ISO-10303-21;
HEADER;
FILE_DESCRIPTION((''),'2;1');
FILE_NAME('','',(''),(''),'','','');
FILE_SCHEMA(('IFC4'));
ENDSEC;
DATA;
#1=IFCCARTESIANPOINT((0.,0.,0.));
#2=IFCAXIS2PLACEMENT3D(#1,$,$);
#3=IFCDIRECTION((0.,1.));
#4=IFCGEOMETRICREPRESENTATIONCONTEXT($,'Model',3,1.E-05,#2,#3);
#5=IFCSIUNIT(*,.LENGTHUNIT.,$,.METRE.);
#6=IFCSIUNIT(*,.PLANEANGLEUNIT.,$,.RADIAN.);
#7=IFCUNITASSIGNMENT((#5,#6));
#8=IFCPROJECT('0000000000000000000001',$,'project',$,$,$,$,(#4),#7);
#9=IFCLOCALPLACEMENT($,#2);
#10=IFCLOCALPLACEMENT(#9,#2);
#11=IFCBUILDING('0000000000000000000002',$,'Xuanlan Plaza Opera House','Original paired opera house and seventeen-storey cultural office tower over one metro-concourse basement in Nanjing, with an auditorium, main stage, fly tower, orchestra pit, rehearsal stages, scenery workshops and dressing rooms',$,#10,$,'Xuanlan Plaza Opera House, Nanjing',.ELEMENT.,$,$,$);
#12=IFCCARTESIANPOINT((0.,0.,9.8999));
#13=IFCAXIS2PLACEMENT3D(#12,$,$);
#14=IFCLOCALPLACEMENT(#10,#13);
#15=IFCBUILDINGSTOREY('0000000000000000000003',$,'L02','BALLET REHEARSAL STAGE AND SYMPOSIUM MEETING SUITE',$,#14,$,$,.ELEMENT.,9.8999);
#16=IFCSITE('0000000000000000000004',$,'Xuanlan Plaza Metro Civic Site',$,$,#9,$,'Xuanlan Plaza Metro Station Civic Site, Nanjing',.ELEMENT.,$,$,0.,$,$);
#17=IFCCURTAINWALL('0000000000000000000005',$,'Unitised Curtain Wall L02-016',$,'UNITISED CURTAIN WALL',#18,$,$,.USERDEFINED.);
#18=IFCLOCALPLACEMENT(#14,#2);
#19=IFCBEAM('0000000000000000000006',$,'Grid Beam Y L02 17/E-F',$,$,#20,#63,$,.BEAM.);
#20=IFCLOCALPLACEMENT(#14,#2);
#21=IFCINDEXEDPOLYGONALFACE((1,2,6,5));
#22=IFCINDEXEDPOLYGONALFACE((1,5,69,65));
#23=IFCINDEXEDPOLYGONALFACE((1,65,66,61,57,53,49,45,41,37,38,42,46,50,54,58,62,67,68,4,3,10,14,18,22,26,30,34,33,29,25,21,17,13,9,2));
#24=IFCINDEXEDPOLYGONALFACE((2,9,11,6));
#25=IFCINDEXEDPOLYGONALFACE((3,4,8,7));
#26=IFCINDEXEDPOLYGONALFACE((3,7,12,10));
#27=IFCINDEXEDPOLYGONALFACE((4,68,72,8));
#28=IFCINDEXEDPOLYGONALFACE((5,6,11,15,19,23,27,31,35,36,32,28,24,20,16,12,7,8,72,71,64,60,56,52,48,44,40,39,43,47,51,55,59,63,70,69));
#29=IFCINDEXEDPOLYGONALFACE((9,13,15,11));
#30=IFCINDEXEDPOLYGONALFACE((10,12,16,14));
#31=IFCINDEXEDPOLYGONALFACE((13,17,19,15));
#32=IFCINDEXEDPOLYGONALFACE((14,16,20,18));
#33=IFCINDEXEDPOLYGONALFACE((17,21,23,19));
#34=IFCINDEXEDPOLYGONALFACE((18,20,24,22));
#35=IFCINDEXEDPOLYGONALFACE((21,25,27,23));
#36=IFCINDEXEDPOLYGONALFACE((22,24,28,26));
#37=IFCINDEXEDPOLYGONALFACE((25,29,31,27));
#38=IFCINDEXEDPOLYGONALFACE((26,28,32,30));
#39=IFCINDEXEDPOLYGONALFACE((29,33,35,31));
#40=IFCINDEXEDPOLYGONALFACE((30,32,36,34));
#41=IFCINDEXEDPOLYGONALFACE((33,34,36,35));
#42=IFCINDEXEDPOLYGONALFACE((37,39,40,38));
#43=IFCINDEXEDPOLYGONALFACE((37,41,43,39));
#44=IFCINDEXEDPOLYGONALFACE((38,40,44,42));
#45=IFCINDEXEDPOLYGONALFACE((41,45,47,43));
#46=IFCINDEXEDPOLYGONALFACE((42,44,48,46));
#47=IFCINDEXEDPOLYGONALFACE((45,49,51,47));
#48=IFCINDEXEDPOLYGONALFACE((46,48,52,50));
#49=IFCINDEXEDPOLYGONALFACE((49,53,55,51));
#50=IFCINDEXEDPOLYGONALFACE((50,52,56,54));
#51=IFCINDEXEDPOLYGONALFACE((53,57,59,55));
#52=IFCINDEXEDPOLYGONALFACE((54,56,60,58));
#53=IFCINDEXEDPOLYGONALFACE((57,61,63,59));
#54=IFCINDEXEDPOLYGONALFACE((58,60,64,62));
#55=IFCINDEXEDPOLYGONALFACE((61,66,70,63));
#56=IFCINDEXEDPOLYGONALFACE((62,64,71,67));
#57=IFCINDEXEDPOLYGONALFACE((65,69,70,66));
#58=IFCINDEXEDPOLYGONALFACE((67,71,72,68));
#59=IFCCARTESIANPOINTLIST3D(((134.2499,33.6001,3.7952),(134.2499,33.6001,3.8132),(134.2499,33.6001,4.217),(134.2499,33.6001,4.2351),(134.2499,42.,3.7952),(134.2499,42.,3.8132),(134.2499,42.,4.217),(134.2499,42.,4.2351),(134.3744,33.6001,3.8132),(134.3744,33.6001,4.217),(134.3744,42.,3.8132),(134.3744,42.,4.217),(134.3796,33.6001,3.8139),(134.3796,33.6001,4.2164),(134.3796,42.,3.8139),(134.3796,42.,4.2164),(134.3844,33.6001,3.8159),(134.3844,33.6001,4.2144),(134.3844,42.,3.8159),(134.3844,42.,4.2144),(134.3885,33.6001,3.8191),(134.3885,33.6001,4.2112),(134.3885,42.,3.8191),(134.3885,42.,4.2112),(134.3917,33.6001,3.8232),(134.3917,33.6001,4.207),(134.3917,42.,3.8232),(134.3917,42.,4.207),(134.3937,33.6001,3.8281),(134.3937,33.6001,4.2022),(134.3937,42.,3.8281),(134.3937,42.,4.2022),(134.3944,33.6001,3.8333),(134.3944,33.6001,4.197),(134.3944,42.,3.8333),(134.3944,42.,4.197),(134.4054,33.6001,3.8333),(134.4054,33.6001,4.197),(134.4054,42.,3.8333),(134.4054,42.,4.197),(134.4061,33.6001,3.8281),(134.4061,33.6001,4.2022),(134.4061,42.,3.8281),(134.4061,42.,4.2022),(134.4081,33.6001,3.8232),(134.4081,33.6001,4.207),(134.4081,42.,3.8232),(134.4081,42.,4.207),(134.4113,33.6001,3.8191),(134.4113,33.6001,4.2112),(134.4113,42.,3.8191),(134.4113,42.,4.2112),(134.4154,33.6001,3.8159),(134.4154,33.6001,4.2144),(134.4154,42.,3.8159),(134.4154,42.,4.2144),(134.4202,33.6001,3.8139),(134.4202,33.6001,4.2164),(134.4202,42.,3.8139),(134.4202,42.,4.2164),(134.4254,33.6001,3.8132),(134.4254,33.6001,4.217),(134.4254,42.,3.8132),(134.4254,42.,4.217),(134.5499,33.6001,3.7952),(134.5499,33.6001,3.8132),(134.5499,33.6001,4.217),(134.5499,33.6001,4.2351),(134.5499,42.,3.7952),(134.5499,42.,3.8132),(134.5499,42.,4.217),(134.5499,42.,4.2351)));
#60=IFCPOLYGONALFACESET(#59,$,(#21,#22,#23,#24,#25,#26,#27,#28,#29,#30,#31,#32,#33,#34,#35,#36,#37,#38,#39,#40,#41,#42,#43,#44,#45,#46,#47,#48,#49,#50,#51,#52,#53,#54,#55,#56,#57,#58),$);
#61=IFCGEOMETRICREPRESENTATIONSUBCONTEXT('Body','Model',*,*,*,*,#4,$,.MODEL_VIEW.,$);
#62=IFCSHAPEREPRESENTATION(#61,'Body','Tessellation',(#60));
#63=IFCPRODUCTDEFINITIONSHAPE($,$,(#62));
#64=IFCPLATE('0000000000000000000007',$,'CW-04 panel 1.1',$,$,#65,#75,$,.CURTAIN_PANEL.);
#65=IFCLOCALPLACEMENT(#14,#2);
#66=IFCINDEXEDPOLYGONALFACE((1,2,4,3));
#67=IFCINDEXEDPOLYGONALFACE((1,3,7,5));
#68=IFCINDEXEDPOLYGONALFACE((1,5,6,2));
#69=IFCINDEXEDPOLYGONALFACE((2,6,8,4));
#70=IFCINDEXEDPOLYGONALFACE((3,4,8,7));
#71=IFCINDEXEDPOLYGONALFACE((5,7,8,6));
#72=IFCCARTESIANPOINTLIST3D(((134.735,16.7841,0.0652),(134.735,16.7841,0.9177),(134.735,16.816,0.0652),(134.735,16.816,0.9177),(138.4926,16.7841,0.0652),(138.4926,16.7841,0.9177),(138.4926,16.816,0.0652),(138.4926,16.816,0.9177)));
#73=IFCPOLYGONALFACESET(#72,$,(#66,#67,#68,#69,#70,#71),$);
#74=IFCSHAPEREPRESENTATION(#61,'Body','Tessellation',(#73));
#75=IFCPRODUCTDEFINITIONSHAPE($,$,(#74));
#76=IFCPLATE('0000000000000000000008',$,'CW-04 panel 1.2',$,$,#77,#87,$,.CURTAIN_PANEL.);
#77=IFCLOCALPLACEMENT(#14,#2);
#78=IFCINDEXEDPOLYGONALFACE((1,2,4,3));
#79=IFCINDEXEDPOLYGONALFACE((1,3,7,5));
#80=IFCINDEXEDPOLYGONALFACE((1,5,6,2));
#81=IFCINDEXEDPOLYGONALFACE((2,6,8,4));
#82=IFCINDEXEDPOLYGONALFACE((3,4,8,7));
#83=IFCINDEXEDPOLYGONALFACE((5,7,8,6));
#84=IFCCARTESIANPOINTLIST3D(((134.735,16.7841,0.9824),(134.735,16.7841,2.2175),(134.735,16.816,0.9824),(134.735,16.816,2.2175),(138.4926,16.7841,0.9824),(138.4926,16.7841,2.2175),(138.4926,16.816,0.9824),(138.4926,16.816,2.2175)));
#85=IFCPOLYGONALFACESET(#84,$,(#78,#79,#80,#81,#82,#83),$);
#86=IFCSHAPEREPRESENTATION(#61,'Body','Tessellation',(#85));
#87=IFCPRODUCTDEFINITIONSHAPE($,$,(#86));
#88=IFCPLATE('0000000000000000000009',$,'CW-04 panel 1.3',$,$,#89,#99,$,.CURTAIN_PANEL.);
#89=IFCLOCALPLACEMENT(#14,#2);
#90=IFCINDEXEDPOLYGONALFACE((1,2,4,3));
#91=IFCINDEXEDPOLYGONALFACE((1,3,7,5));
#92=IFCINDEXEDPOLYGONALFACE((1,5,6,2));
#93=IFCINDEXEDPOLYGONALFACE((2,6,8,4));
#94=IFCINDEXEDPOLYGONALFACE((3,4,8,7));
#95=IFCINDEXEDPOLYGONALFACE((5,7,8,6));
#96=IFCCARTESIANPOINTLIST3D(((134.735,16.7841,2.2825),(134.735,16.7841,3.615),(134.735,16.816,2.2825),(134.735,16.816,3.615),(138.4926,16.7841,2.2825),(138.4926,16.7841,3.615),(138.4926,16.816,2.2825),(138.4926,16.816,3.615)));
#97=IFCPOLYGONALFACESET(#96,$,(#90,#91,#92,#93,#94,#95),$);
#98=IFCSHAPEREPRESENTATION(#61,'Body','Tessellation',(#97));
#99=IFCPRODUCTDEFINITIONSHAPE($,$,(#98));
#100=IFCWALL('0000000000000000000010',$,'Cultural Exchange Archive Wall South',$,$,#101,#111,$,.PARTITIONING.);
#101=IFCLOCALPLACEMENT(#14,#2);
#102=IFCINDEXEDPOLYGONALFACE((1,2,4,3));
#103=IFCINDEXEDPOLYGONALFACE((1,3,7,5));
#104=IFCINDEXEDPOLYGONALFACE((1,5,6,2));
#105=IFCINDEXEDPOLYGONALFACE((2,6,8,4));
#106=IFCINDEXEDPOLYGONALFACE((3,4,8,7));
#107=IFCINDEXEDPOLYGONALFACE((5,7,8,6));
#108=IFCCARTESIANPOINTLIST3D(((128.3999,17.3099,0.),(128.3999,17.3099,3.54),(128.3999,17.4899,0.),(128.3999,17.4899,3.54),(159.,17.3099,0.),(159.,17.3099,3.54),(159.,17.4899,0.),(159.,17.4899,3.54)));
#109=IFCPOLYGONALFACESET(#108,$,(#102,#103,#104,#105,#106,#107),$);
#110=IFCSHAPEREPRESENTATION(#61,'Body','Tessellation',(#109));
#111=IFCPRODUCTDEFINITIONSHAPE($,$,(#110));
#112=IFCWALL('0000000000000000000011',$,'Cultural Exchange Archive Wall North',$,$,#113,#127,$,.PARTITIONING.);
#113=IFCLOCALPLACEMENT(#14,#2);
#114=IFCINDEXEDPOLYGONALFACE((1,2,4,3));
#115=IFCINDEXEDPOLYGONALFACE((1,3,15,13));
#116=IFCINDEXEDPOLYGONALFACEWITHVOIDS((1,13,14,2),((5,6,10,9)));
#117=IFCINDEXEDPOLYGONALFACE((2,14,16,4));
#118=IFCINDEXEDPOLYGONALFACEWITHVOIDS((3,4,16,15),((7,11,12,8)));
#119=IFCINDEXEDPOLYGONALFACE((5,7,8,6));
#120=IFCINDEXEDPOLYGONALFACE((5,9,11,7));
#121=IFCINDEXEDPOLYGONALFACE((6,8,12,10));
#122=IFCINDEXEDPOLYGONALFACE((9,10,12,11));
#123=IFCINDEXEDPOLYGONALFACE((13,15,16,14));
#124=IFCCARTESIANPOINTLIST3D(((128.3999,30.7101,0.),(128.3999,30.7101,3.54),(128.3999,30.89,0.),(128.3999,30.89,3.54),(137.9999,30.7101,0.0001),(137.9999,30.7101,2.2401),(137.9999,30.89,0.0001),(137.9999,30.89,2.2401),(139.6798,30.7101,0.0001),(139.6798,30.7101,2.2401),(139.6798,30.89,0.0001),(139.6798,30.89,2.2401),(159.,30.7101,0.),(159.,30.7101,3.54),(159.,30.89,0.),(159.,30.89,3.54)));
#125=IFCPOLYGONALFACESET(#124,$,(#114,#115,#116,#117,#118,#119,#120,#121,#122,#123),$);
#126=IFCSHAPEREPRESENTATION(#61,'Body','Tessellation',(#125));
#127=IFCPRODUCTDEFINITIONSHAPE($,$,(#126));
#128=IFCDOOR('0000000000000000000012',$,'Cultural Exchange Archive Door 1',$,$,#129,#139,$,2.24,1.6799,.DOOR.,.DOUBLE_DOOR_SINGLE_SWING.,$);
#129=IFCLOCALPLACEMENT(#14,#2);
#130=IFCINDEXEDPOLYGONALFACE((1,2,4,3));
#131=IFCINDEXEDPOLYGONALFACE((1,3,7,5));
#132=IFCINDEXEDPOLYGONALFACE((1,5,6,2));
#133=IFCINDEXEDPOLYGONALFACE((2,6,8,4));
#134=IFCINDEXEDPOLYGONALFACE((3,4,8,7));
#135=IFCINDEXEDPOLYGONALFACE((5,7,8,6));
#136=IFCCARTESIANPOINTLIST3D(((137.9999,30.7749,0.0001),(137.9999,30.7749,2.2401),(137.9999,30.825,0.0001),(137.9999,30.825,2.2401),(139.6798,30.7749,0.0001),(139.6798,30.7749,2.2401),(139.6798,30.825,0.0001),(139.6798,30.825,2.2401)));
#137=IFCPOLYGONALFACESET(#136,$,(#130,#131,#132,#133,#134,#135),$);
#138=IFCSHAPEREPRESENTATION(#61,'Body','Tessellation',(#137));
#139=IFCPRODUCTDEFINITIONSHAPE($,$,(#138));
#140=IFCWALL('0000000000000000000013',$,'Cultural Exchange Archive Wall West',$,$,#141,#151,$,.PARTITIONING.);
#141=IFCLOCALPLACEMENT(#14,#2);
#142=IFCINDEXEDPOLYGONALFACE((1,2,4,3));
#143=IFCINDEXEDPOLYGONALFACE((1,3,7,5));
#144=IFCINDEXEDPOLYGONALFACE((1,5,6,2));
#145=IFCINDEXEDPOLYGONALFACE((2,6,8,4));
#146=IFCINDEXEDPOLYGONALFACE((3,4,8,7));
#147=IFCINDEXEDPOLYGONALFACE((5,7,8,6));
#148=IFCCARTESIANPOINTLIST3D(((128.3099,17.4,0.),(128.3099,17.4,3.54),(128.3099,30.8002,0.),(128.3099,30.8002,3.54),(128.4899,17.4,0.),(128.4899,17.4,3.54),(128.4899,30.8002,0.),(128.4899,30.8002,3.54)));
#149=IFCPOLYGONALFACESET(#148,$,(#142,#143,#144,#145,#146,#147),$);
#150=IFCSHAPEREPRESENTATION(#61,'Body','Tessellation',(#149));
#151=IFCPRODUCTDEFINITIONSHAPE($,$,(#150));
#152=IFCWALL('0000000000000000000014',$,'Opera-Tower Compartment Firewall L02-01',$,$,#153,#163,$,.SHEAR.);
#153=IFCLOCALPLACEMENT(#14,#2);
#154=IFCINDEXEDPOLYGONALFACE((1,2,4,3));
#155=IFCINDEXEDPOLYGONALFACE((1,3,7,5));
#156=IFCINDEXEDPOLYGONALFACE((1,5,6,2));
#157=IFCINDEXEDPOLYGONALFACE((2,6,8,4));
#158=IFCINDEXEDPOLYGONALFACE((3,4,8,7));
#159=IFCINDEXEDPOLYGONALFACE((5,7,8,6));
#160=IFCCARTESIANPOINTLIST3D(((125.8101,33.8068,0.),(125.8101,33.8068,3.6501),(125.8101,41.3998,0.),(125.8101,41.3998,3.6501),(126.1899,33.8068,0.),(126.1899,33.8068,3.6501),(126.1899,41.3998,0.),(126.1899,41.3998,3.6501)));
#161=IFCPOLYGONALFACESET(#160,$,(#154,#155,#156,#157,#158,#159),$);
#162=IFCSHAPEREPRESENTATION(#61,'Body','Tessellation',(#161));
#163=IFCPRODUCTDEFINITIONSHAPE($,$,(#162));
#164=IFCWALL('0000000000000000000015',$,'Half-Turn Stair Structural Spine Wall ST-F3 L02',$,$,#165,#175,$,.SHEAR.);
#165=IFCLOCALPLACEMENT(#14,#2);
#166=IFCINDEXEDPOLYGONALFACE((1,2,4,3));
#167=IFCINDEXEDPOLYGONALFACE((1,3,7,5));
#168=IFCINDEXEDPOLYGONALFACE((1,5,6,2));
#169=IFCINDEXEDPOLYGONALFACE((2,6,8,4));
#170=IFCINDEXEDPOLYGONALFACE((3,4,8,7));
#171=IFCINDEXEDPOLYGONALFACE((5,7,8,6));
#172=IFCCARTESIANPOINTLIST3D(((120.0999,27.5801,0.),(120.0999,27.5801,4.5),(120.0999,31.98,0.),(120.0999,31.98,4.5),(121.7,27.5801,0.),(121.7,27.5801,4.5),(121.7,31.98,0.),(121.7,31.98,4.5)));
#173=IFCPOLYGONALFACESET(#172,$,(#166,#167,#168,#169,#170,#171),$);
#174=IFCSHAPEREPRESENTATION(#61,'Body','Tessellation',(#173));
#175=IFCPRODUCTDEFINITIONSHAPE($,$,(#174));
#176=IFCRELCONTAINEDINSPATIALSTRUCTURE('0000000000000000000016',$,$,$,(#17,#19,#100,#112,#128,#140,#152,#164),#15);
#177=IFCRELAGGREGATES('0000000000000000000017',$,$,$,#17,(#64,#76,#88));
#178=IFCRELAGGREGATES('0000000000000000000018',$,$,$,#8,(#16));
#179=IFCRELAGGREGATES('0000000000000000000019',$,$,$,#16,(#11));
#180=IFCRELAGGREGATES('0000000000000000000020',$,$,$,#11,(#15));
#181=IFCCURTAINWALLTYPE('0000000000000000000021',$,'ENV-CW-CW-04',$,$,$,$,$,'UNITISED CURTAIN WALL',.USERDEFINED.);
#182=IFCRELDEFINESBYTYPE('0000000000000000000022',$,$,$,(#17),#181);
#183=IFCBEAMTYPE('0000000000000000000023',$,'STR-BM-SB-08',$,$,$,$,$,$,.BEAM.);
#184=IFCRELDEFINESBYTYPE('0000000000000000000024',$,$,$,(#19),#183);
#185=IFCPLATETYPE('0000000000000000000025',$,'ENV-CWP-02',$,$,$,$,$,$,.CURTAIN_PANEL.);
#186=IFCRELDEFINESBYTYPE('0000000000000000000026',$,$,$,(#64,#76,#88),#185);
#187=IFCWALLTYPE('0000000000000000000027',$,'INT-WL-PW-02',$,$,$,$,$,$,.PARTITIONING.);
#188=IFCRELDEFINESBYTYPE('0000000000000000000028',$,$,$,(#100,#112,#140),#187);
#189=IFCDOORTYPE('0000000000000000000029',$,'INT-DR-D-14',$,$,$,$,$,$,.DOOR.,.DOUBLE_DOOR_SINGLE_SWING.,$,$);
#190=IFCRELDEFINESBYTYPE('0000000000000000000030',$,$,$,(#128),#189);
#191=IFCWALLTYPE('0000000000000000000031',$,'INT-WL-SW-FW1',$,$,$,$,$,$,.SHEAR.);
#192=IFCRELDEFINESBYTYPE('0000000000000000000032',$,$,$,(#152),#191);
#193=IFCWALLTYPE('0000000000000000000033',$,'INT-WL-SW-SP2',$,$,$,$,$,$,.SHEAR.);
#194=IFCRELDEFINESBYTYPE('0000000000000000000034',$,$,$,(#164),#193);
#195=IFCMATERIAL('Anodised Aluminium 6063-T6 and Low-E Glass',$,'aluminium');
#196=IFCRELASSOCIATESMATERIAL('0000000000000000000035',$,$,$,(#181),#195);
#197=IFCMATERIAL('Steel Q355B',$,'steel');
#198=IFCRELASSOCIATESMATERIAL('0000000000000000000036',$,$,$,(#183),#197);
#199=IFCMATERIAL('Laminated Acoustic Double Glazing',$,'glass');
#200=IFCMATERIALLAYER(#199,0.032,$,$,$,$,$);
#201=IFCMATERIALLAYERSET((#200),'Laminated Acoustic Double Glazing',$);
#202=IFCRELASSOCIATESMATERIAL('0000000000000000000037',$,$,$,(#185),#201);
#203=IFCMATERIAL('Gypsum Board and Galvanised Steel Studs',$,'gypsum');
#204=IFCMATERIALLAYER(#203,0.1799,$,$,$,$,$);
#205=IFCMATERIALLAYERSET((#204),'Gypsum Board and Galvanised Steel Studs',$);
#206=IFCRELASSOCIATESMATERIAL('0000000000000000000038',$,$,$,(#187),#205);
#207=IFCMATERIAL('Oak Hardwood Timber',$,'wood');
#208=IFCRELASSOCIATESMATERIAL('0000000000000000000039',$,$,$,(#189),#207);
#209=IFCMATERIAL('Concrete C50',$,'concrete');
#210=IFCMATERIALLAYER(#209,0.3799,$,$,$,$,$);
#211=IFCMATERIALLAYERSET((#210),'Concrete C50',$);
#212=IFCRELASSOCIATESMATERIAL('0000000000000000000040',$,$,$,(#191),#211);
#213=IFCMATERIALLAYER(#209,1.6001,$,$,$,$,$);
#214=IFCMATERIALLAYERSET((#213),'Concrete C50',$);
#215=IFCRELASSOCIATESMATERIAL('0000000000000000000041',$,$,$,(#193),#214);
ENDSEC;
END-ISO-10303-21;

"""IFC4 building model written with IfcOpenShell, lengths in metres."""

from ifc_helpers import new_model, si_unit, direction, frame, frame_2d, origin, origin_2d, place, context, subcontext, project, spatial, rectangle, i_section, extrude, material, layer, layer_set, material_profile, profile_set, type_object, element, fill, aggregate, save


model = new_model("IFC4")

# Units and contexts
model_context = context("Model", 3, precision=1e-05, world=origin(), true_north=direction((0.0, 1.0)))
body_context = subcontext(model_context, "Body", "Model", "MODEL_VIEW")
ifc_project = project(units=[si_unit("LENGTHUNIT", "METRE"), si_unit("PLANEANGLEUNIT", "RADIAN")], contexts=[model_context])

# Site, building, storey
site_placement = place(None, origin())
site = spatial("IfcSite", under=ifc_project, at=site_placement, Name="Xuanlan Plaza Metro Civic Site", LongName="Xuanlan Plaza Metro Station Civic Site, Nanjing", CompositionType="ELEMENT", RefElevation=0.0)
building_placement = place(site_placement, origin())
building = spatial("IfcBuilding", under=site, at=building_placement, Name="Xuanlan Plaza Opera House", Description="Original paired opera house and seventeen-storey cultural office tower over one metro-concourse basement in Nanjing, with an auditorium, main stage, fly tower, orchestra pit, rehearsal stages, scenery workshops and dressing rooms", LongName="Xuanlan Plaza Opera House, Nanjing", CompositionType="ELEMENT")
storey_placement = place(building_placement, frame((0.0, 0.0, 9.8999)))
storey = spatial("IfcBuildingStorey", under=building, at=storey_placement, Name="L02", Description="BALLET REHEARSAL STAGE AND SYMPOSIUM MEETING SUITE", CompositionType="ELEMENT", Elevation=9.8999)

# Curtain wall
ifc_material_1 = material(Name="Anodised Aluminium 6063-T6 and Low-E Glass", Category="aluminium")
curtain_wall_type = type_object("IfcCurtainWallType", Name="ENV-CW-CW-04", ElementType="UNITISED CURTAIN WALL", PredefinedType="USERDEFINED", material=ifc_material_1)
curtain_wall_placement = place(storey_placement, origin())
curtain_wall = element("IfcCurtainWall", 1, at=curtain_wall_placement, inside=storey, type_object=curtain_wall_type, Name="Unitised Curtain Wall L02-016", ObjectType="UNITISED CURTAIN WALL", PredefinedType="USERDEFINED")

# Beam
ifc_material_2 = material(Name="Concrete C50", Category="concrete")
ifc_material_3 = material(Name="Steel Q355B", Category="steel")
ifc_material_profile_1 = material_profile(ifc_material_3, i_section(OverallWidth=0.3, OverallDepth=0.4399, WebThickness=0.011, FlangeThickness=0.0181, FilletRadius=0.02, at=origin_2d()), Name="HM 440x300x11x18")
ifc_profile_set_1 = profile_set([ifc_material_profile_1], Name="Steel Q355B")
beam_type_1 = type_object("IfcBeamType", Name="STR-BM-SB-08", PredefinedType="BEAM", material=ifc_profile_set_1)
beam_1_placement = place(storey_placement, frame((134.3999, 33.6001, 4.0151), z_axis=(0.0, 1.0, 0.0), x_axis=(-1.0, 0.0, 0.0)))
element("IfcBeam", 2, at=beam_1_placement, inside=storey, type_object=beam_type_1, Name="Grid Beam Y L02 17/E-F", PredefinedType="BEAM", context=body_context, shape_type="SweptSolid", body=[
    extrude(i_section(OverallWidth=0.3, OverallDepth=0.4399, WebThickness=0.011, FlangeThickness=0.0181, FilletRadius=0.02, at=origin_2d()), origin(), (0.0, 0.0, 1.0), 8.3999),
])

# Plates
ifc_material_4 = material(Name="Laminated Acoustic Double Glazing", Category="glass")
ifc_layer_1 = layer(ifc_material_4, 0.032)
ifc_layer_set_1 = layer_set([ifc_layer_1], Name="Laminated Acoustic Double Glazing")
plate_type = type_object("IfcPlateType", Name="ENV-CWP-02", PredefinedType="CURTAIN_PANEL", material=ifc_layer_set_1)
plate_1_placement = place(storey_placement, frame((136.6138, 16.8, 0.0652), z_axis=(0.0, 0.0, 1.0), x_axis=(1.0, 0.0, 0.0)))
plate_1 = element("IfcPlate", 3, at=plate_1_placement, type_object=plate_type, Name="CW-04 panel 1.1", PredefinedType="CURTAIN_PANEL", context=body_context, shape_type="SweptSolid", body=[
    extrude(rectangle(XDim=3.7576, YDim=0.032, at=origin_2d()), origin(), (0.0, 0.0, 1.0), 0.8525),
])
plate_2_placement = place(storey_placement, frame((136.6138, 16.8, 0.9824), z_axis=(0.0, 0.0, 1.0), x_axis=(1.0, 0.0, 0.0)))
plate_2 = element("IfcPlate", 4, at=plate_2_placement, type_object=plate_type, Name="CW-04 panel 1.2", PredefinedType="CURTAIN_PANEL", context=body_context, shape_type="SweptSolid", body=[
    extrude(rectangle(XDim=3.7576, YDim=0.032, at=origin_2d()), origin(), (0.0, 0.0, 1.0), 1.2351),
])
plate_3_placement = place(storey_placement, frame((136.6138, 16.8, 2.2825), z_axis=(0.0, 0.0, 1.0), x_axis=(1.0, 0.0, 0.0)))
plate_3 = element("IfcPlate", 5, at=plate_3_placement, type_object=plate_type, Name="CW-04 panel 1.3", PredefinedType="CURTAIN_PANEL", context=body_context, shape_type="SweptSolid", body=[
    extrude(rectangle(XDim=3.7576, YDim=0.032, at=origin_2d()), origin(), (0.0, 0.0, 1.0), 1.3325),
])
aggregate(curtain_wall, [plate_1, plate_2, plate_3])

# Wall
ifc_material_5 = material(Name="Gypsum Board and Galvanised Steel Studs", Category="gypsum")
ifc_layer_2 = layer(ifc_material_5, 0.1799)
ifc_layer_set_2 = layer_set([ifc_layer_2], Name="Gypsum Board and Galvanised Steel Studs")
wall_type_1 = type_object("IfcWallType", Name="INT-WL-PW-02", PredefinedType="PARTITIONING", material=ifc_layer_set_2)
wall_1_placement = place(storey_placement, frame((128.3999, 17.3999, 0.0), z_axis=(0.0, 0.0, 1.0), x_axis=(1.0, 0.0, 0.0)))
element("IfcWall", 6, at=wall_1_placement, inside=storey, type_object=wall_type_1, Name="Cultural Exchange Archive Wall South", PredefinedType="PARTITIONING", context=body_context, shape_type="SweptSolid", body=[
    extrude(rectangle(XDim=30.6001, YDim=0.1799, at=frame_2d((15.3, 0.0))), origin(), (0.0, 0.0, 1.0), 3.54),
])

# Wall, opening, door
wall_2_placement = place(storey_placement, frame((128.3999, 30.8, 0.0), z_axis=(0.0, 0.0, 1.0), x_axis=(1.0, 0.0, 0.0)))
wall_2 = element("IfcWall", 7, at=wall_2_placement, inside=storey, type_object=wall_type_1, Name="Cultural Exchange Archive Wall North", PredefinedType="PARTITIONING", context=body_context, shape_type="SweptSolid", body=[
    extrude(rectangle(XDim=30.6001, YDim=0.1799, at=frame_2d((15.3, 0.0))), origin(), (0.0, 0.0, 1.0), 3.54),
])
opening_1_placement = place(wall_2_placement, frame((9.6001, 0.0, 0.0)))
opening_1 = element("IfcOpeningElement", 8, at=opening_1_placement, cuts=wall_2, PredefinedType="OPENING", context=body_context, shape_type="SweptSolid", body=[
    extrude(rectangle(XDim=1.6799, YDim=2.24, at=frame_2d((0.8398, 1.1201))), frame((0.0, 0.0999, 0.0), z_axis=(0.0, -1.0, 0.0), x_axis=(1.0, 0.0, 0.0)), (0.0, 0.0, 1.0), 0.2),
])
ifc_material_6 = material(Name="Oak Hardwood Timber", Category="wood")
door_type_1 = type_object("IfcDoorType", Name="INT-DR-D-14", OperationType="DOUBLE_DOOR_SINGLE_SWING", PredefinedType="DOOR", material=ifc_material_6)
door_1_placement = place(opening_1_placement, origin())
door_1 = element("IfcDoor", 9, at=door_1_placement, inside=storey, type_object=door_type_1, Name="Cultural Exchange Archive Door 1", OperationType="DOUBLE_DOOR_SINGLE_SWING", OverallHeight=2.24, OverallWidth=1.6799, PredefinedType="DOOR", context=body_context, shape_type="SweptSolid", body=[
    extrude(rectangle(XDim=1.6799, YDim=2.24, at=frame_2d((0.8398, 1.1201))), frame((0.0, 0.0249, 0.0), z_axis=(0.0, -1.0, 0.0), x_axis=(1.0, 0.0, 0.0)), (0.0, 0.0, 1.0), 0.05),
])
fill(opening_1, door_1)

# Walls
wall_3_placement = place(storey_placement, frame((128.3999, 17.3999, 0.0), z_axis=(0.0, 0.0, 1.0), x_axis=(0.0, 1.0, 0.0)))
element("IfcWall", 10, at=wall_3_placement, inside=storey, type_object=wall_type_1, Name="Cultural Exchange Archive Wall West", PredefinedType="PARTITIONING", context=body_context, shape_type="SweptSolid", body=[
    extrude(rectangle(XDim=13.4001, YDim=0.1799, at=frame_2d((6.7002, 0.0))), origin(), (0.0, 0.0, 1.0), 3.54),
])
ifc_layer_3 = layer(ifc_material_2, 0.3799)
ifc_layer_set_3 = layer_set([ifc_layer_3], Name="Concrete C50")
wall_type_2 = type_object("IfcWallType", Name="INT-WL-SW-FW1", PredefinedType="SHEAR", material=ifc_layer_set_3)
wall_4_placement = place(storey_placement, frame((126.0, 33.8069, 0.0), z_axis=(0.0, 0.0, 1.0), x_axis=(0.0, 1.0, 0.0)))
element("IfcWall", 11, at=wall_4_placement, inside=storey, type_object=wall_type_2, Name="Opera-Tower Compartment Firewall L02-01", PredefinedType="SHEAR", context=body_context, shape_type="SweptSolid", body=[
    extrude(rectangle(XDim=7.593, YDim=0.3799, at=frame_2d((3.7964, 0.0))), origin(), (0.0, 0.0, 1.0), 3.6501),
])
ifc_layer_4 = layer(ifc_material_2, 1.6001)
ifc_layer_set_4 = layer_set([ifc_layer_4], Name="Concrete C50")
wall_type_3 = type_object("IfcWallType", Name="INT-WL-SW-SP2", PredefinedType="SHEAR", material=ifc_layer_set_4)
wall_5_placement = place(storey_placement, frame((120.8999, 27.5801, 0.0), z_axis=(0.0, 0.0, 1.0), x_axis=(0.0, 1.0, 0.0)))
element("IfcWall", 12, at=wall_5_placement, inside=storey, type_object=wall_type_3, Name="Half-Turn Stair Structural Spine Wall ST-F3 L02", PredefinedType="SHEAR", context=body_context, shape_type="SweptSolid", body=[
    extrude(rectangle(XDim=4.3999, YDim=1.6001, at=frame_2d((2.2, 0.0))), origin(), (0.0, 0.0, 1.0), 4.5),
])

save(model, "model.ifc")
